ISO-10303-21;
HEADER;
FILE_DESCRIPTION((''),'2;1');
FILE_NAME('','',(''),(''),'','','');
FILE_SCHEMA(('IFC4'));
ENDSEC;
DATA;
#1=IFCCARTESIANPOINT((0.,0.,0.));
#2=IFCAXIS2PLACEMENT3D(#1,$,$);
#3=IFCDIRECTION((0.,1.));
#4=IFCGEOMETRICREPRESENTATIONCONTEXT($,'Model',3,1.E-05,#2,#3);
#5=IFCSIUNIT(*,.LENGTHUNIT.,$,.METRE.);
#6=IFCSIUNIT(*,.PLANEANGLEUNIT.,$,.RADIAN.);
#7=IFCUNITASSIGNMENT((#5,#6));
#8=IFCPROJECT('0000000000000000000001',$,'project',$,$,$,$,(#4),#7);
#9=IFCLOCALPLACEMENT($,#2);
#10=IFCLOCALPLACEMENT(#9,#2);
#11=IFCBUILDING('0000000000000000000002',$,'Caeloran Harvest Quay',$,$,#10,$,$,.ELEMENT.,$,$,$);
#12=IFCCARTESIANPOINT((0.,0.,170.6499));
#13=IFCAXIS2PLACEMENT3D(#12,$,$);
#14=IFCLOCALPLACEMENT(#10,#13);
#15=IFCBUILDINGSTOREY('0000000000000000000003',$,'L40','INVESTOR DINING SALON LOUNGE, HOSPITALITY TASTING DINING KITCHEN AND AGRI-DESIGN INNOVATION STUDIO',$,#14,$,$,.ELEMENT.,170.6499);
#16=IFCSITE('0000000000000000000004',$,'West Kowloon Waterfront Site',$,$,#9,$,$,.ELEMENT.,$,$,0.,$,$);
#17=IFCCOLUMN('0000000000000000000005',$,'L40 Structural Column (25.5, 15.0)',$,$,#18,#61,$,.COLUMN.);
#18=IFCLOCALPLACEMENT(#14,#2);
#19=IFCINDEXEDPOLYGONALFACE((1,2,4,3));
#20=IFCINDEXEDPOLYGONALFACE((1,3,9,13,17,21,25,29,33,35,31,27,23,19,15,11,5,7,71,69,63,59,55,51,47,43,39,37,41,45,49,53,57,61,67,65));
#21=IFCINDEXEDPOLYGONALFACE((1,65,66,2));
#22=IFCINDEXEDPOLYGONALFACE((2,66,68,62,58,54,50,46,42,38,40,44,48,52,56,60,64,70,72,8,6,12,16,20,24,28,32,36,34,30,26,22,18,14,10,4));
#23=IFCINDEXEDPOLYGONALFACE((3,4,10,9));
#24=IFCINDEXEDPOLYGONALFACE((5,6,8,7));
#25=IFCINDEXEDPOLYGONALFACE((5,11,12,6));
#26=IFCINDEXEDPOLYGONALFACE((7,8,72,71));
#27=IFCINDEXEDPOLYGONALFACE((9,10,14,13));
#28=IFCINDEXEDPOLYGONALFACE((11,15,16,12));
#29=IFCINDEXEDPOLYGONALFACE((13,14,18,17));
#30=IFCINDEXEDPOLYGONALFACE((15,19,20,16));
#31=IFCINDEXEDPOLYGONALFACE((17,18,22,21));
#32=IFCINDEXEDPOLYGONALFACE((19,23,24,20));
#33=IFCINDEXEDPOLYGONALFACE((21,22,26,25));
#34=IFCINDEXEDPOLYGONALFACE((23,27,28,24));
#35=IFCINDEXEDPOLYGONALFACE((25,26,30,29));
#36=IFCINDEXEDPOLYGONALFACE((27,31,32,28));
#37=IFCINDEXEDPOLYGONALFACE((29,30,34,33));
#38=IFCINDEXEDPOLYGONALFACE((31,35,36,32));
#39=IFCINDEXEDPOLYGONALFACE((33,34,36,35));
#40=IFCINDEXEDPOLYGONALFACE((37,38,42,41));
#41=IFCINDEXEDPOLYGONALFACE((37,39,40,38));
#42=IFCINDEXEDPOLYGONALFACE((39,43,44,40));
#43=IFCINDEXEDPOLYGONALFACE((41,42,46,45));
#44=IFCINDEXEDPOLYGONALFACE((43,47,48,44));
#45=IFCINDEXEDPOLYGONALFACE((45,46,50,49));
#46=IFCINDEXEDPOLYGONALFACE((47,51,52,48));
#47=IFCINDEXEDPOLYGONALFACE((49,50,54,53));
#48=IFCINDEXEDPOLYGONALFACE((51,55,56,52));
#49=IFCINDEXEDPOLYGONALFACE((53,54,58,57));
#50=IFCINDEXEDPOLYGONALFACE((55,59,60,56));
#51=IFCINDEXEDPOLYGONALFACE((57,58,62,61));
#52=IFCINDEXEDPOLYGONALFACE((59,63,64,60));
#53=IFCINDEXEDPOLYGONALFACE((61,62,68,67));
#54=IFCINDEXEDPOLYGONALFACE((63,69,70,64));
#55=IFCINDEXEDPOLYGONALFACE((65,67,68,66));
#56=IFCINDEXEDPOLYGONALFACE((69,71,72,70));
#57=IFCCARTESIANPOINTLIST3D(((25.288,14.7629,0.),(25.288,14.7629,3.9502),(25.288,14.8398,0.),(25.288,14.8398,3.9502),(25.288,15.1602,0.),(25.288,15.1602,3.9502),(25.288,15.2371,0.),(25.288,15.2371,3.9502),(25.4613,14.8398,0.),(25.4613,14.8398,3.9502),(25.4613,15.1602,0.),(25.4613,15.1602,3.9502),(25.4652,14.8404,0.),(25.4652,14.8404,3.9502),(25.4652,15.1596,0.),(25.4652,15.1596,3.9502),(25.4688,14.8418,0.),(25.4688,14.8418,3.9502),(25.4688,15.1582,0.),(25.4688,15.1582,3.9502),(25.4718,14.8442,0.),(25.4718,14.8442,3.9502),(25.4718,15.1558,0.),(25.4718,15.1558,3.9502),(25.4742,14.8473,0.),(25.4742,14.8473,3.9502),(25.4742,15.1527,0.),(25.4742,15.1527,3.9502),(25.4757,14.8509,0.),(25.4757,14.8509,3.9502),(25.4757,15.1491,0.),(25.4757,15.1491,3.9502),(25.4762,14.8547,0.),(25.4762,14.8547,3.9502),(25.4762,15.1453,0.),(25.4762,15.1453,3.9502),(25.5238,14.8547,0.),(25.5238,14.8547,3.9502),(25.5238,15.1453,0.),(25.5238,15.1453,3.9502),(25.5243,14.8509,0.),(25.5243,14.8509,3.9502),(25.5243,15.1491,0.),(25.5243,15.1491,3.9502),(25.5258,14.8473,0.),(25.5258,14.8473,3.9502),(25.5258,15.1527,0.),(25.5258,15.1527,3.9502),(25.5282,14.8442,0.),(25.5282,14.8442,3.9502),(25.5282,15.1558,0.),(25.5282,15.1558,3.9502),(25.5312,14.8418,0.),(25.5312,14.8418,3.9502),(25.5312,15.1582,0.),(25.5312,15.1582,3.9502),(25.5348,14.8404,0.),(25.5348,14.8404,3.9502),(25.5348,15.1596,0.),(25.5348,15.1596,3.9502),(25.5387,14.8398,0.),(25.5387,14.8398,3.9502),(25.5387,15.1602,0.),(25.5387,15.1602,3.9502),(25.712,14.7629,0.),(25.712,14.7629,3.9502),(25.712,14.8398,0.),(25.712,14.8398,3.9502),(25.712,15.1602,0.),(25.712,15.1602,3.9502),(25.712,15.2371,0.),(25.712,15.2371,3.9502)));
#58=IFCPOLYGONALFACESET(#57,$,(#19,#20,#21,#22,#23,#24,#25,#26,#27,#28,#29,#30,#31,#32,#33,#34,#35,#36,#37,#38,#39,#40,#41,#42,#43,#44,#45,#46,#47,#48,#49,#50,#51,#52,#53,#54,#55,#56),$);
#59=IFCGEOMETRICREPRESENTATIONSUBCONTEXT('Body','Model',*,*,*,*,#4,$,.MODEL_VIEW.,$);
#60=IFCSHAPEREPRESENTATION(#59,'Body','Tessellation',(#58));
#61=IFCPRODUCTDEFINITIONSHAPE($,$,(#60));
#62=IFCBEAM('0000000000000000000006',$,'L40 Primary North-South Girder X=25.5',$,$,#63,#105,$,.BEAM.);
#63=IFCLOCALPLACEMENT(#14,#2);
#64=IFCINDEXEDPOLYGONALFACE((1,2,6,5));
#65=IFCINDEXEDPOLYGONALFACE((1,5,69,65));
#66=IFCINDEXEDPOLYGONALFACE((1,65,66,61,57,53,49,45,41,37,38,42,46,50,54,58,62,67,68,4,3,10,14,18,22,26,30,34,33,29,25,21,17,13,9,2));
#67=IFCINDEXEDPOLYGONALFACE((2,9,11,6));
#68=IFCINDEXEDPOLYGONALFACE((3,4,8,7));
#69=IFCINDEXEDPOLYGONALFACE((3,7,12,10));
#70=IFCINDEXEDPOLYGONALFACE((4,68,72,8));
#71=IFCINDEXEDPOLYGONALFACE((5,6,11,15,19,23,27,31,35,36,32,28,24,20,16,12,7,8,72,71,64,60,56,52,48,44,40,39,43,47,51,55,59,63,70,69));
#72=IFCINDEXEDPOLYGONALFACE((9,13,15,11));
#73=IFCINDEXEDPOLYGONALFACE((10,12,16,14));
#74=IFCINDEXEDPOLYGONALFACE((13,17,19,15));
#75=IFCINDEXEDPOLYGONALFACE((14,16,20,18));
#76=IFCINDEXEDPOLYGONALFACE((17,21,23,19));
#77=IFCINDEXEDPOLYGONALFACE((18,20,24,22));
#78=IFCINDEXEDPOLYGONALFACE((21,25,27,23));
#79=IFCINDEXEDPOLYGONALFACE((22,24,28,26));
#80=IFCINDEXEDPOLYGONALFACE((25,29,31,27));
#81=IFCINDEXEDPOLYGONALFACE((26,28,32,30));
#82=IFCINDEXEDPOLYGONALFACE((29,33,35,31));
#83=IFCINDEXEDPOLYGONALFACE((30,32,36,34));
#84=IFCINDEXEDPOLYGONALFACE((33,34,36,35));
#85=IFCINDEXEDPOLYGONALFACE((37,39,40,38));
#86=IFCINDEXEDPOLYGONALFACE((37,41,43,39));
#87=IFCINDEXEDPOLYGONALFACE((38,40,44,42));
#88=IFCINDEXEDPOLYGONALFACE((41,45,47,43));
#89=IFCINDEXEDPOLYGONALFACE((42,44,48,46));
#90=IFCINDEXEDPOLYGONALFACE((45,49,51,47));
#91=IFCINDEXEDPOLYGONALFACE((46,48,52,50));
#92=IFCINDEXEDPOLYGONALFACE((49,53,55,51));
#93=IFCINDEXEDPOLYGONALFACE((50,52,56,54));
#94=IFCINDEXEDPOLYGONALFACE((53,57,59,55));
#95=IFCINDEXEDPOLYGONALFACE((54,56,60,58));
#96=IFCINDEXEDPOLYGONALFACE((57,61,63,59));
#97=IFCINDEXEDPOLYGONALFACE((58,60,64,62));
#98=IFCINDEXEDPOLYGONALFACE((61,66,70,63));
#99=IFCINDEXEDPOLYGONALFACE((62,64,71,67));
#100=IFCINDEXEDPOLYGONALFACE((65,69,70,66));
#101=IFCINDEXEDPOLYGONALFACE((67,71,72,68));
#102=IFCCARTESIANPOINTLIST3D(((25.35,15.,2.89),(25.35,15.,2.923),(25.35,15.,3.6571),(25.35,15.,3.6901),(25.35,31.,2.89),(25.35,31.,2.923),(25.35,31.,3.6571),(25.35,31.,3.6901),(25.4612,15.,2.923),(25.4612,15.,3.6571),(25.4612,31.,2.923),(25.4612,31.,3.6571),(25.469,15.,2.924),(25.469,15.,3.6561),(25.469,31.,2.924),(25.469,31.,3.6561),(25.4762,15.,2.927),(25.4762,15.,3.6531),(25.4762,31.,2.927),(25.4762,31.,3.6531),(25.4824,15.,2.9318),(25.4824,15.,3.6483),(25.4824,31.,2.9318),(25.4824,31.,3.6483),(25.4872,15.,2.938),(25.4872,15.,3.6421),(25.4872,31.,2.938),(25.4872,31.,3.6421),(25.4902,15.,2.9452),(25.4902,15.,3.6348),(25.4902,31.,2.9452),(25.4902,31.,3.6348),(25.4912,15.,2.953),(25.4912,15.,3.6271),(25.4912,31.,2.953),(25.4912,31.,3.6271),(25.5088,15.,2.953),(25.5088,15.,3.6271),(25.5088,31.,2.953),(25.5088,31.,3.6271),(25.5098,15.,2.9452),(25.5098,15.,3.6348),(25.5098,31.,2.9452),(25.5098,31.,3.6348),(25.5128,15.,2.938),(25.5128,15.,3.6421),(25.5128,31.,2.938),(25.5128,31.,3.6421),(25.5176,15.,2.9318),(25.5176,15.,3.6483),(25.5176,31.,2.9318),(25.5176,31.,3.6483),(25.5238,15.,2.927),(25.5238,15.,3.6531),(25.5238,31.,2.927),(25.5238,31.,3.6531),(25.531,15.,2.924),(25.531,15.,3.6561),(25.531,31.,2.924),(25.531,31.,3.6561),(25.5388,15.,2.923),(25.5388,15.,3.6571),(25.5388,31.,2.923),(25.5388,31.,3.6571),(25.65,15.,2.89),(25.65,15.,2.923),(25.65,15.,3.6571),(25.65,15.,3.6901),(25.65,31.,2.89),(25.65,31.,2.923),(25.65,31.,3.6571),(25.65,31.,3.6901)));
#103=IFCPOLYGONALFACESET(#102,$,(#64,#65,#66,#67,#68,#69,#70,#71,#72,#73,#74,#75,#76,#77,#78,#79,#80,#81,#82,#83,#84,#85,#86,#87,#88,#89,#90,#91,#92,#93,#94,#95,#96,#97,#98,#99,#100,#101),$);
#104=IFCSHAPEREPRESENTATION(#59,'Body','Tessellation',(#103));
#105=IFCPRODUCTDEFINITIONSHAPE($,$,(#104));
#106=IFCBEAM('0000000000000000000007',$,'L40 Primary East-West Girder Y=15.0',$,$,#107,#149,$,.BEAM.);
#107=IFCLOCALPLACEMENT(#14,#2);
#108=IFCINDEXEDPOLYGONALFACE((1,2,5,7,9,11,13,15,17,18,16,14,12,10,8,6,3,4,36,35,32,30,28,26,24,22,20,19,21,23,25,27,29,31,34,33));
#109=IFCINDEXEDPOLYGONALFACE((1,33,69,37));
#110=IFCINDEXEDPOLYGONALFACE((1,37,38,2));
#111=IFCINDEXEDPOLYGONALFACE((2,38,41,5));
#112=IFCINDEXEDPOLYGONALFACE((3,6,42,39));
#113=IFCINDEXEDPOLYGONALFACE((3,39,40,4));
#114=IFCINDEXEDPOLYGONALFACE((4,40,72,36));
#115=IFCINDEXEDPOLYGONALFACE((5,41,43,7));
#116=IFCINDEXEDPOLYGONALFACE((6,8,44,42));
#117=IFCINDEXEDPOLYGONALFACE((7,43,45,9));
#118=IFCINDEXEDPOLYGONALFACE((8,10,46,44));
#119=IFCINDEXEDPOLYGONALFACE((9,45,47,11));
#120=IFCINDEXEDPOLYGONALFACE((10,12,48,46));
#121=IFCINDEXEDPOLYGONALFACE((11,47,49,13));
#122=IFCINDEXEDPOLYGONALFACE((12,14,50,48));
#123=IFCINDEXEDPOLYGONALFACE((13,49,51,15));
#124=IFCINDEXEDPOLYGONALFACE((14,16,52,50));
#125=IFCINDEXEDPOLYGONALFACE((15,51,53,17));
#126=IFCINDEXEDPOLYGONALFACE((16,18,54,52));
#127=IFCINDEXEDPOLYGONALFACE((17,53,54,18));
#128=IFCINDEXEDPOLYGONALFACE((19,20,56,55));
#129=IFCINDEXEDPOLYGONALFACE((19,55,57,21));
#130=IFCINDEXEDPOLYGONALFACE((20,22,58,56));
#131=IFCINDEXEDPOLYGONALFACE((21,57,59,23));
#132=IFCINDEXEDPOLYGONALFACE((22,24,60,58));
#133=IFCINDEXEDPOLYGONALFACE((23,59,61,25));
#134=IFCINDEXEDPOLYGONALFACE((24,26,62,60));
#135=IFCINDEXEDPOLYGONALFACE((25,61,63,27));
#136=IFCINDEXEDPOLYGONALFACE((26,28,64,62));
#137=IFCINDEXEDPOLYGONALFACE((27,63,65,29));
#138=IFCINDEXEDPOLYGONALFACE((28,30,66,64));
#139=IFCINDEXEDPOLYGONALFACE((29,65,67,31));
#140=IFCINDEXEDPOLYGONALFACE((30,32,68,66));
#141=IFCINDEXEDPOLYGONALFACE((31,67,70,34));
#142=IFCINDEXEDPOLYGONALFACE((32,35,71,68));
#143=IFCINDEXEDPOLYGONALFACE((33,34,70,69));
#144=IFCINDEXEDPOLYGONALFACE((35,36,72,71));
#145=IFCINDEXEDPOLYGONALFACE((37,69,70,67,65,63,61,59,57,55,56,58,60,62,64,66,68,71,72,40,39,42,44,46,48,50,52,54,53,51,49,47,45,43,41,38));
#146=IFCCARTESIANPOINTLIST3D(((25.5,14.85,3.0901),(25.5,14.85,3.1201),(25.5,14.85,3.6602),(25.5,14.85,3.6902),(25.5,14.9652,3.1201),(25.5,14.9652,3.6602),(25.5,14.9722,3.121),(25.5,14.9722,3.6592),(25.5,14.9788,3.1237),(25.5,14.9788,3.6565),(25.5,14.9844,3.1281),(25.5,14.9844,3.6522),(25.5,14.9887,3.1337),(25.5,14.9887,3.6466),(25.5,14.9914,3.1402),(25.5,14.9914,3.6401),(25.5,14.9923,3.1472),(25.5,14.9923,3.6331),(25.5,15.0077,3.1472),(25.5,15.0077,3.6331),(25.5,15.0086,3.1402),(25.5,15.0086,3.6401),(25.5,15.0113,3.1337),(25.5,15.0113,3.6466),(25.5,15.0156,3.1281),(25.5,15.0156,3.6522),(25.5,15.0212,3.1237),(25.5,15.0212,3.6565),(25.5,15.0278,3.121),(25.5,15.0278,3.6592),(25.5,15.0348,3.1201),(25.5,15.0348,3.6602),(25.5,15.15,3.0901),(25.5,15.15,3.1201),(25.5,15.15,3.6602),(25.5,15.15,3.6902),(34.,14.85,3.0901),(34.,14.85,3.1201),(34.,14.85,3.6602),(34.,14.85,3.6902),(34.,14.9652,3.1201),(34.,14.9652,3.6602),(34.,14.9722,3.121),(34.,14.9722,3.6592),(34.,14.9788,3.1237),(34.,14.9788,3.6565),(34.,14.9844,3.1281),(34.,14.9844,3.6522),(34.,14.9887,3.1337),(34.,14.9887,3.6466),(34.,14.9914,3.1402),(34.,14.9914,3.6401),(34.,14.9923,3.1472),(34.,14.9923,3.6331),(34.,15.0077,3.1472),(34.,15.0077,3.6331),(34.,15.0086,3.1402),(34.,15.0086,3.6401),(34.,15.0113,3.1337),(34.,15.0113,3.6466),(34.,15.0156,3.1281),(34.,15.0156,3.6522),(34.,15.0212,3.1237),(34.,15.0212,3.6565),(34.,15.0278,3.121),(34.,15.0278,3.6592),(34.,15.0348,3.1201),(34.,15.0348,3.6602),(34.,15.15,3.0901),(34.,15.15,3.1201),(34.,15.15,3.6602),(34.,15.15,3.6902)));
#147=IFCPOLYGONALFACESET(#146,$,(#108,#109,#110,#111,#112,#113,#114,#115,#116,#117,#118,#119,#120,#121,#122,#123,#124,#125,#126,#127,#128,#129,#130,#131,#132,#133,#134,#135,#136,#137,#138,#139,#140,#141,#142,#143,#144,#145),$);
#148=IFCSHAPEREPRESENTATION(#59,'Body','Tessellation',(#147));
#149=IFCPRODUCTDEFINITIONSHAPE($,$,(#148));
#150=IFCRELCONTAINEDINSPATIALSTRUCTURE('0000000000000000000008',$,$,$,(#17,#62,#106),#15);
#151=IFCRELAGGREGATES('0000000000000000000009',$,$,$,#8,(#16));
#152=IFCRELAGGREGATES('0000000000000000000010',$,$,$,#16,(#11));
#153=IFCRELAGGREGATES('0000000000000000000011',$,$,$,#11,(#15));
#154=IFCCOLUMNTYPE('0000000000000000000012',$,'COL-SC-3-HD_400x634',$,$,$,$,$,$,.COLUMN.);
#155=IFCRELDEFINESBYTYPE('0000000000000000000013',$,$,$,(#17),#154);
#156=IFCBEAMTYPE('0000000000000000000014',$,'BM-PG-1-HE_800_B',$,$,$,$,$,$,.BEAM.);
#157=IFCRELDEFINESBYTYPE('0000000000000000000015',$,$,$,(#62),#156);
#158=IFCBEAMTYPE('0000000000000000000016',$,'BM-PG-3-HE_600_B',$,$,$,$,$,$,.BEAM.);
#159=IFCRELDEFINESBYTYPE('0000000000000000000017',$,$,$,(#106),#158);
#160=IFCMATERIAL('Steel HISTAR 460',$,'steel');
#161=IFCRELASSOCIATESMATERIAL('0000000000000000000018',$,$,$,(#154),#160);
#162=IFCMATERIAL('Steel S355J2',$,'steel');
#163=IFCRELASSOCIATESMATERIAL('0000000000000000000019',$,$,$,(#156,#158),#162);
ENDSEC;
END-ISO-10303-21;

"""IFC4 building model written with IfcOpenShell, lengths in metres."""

from ifc_helpers import new_model, si_unit, direction, frame, origin, origin_2d, place, context, subcontext, project, spatial, i_section, extrude, material, material_profile, profile_set, type_object, element, save


model = new_model("IFC4")

# Units and contexts
model_context = context("Model", 3, precision=1e-05, world=origin(), true_north=direction((0.0, 1.0)))
body_context = subcontext(model_context, "Body", "Model", "MODEL_VIEW")
ifc_project = project(units=[si_unit("LENGTHUNIT", "METRE"), si_unit("PLANEANGLEUNIT", "RADIAN")], contexts=[model_context])

# Site, building, storey
site_placement = place(None, origin())
site = spatial("IfcSite", under=ifc_project, at=site_placement, Name="West Kowloon Waterfront Site", CompositionType="ELEMENT", RefElevation=0.0)
building_placement = place(site_placement, origin())
building = spatial("IfcBuilding", under=site, at=building_placement, Name="Caeloran Harvest Quay", CompositionType="ELEMENT")
storey_placement = place(building_placement, frame((0.0, 0.0, 170.6499)))
storey = spatial("IfcBuildingStorey", under=building, at=storey_placement, Name="L40", Description="INVESTOR DINING SALON LOUNGE, HOSPITALITY TASTING DINING KITCHEN AND AGRI-DESIGN INNOVATION STUDIO", CompositionType="ELEMENT", Elevation=170.6499)

# Column
ifc_material_1 = material(Name="Steel HISTAR 460", Category="steel")
ifc_material_profile_1 = material_profile(ifc_material_1, i_section(OverallWidth=0.4241, OverallDepth=0.4741, WebThickness=0.0476, FlangeThickness=0.0769, FilletRadius=0.0149, at=origin_2d()), Name="HD 400x634")
ifc_profile_set_1 = profile_set([ifc_material_profile_1], Name="Steel HISTAR 460")
column_type = type_object("IfcColumnType", Name="COL-SC-3-HD_400x634", PredefinedType="COLUMN", material=ifc_profile_set_1)
column_placement = place(storey_placement, frame((25.5, 15.0, 0.0), z_axis=(0.0, 0.0, 1.0), x_axis=(1.0, 0.0, 0.0)))
element("IfcColumn", 1, at=column_placement, inside=storey, type_object=column_type, Name="L40 Structural Column (25.5, 15.0)", PredefinedType="COLUMN", context=body_context, shape_type="SweptSolid", body=[
    extrude(i_section(OverallWidth=0.4241, OverallDepth=0.4741, WebThickness=0.0476, FlangeThickness=0.0769, FilletRadius=0.0149, at=origin_2d()), origin(), (0.0, 0.0, 1.0), 3.9502),
])

# Beams
ifc_material_2 = material(Name="Steel S355J2", Category="steel")
ifc_material_profile_2 = material_profile(ifc_material_2, i_section(OverallWidth=0.3, OverallDepth=0.8, WebThickness=0.0176, FlangeThickness=0.033, FilletRadius=0.03, at=origin_2d()), Name="HE 800 B")
ifc_profile_set_2 = profile_set([ifc_material_profile_2], Name="Steel S355J2")
beam_type_1 = type_object("IfcBeamType", Name="BM-PG-1-HE_800_B", PredefinedType="BEAM", material=ifc_profile_set_2)
beam_1_placement = place(storey_placement, frame((25.5, 15.0, 3.29), z_axis=(0.0, 1.0, 0.0), x_axis=(-1.0, 0.0, 0.0)))
element("IfcBeam", 2, at=beam_1_placement, inside=storey, type_object=beam_type_1, Name="L40 Primary North-South Girder X=25.5", PredefinedType="BEAM", context=body_context, shape_type="SweptSolid", body=[
    extrude(i_section(OverallWidth=0.3, OverallDepth=0.8, WebThickness=0.0176, FlangeThickness=0.033, FilletRadius=0.03, at=origin_2d()), origin(), (0.0, 0.0, 1.0), 16.0),
])
ifc_material_profile_3 = material_profile(ifc_material_2, i_section(OverallWidth=0.3, OverallDepth=0.6001, WebThickness=0.0154, FlangeThickness=0.03, FilletRadius=0.0271, at=origin_2d()), Name="HE 600 B")
ifc_profile_set_3 = profile_set([ifc_material_profile_3], Name="Steel S355J2")
beam_type_2 = type_object("IfcBeamType", Name="BM-PG-3-HE_600_B", PredefinedType="BEAM", material=ifc_profile_set_3)
beam_2_placement = place(storey_placement, frame((25.5, 15.0, 3.3901), z_axis=(1.0, 0.0, 0.0), x_axis=(0.0, 1.0, 0.0)))
element("IfcBeam", 3, at=beam_2_placement, inside=storey, type_object=beam_type_2, Name="L40 Primary East-West Girder Y=15.0", PredefinedType="BEAM", context=body_context, shape_type="SweptSolid", body=[
    extrude(i_section(OverallWidth=0.3, OverallDepth=0.6001, WebThickness=0.0154, FlangeThickness=0.03, FilletRadius=0.0271, at=origin_2d()), origin(), (0.0, 0.0, 1.0), 8.5),
])

save(model, "model.ifc")
